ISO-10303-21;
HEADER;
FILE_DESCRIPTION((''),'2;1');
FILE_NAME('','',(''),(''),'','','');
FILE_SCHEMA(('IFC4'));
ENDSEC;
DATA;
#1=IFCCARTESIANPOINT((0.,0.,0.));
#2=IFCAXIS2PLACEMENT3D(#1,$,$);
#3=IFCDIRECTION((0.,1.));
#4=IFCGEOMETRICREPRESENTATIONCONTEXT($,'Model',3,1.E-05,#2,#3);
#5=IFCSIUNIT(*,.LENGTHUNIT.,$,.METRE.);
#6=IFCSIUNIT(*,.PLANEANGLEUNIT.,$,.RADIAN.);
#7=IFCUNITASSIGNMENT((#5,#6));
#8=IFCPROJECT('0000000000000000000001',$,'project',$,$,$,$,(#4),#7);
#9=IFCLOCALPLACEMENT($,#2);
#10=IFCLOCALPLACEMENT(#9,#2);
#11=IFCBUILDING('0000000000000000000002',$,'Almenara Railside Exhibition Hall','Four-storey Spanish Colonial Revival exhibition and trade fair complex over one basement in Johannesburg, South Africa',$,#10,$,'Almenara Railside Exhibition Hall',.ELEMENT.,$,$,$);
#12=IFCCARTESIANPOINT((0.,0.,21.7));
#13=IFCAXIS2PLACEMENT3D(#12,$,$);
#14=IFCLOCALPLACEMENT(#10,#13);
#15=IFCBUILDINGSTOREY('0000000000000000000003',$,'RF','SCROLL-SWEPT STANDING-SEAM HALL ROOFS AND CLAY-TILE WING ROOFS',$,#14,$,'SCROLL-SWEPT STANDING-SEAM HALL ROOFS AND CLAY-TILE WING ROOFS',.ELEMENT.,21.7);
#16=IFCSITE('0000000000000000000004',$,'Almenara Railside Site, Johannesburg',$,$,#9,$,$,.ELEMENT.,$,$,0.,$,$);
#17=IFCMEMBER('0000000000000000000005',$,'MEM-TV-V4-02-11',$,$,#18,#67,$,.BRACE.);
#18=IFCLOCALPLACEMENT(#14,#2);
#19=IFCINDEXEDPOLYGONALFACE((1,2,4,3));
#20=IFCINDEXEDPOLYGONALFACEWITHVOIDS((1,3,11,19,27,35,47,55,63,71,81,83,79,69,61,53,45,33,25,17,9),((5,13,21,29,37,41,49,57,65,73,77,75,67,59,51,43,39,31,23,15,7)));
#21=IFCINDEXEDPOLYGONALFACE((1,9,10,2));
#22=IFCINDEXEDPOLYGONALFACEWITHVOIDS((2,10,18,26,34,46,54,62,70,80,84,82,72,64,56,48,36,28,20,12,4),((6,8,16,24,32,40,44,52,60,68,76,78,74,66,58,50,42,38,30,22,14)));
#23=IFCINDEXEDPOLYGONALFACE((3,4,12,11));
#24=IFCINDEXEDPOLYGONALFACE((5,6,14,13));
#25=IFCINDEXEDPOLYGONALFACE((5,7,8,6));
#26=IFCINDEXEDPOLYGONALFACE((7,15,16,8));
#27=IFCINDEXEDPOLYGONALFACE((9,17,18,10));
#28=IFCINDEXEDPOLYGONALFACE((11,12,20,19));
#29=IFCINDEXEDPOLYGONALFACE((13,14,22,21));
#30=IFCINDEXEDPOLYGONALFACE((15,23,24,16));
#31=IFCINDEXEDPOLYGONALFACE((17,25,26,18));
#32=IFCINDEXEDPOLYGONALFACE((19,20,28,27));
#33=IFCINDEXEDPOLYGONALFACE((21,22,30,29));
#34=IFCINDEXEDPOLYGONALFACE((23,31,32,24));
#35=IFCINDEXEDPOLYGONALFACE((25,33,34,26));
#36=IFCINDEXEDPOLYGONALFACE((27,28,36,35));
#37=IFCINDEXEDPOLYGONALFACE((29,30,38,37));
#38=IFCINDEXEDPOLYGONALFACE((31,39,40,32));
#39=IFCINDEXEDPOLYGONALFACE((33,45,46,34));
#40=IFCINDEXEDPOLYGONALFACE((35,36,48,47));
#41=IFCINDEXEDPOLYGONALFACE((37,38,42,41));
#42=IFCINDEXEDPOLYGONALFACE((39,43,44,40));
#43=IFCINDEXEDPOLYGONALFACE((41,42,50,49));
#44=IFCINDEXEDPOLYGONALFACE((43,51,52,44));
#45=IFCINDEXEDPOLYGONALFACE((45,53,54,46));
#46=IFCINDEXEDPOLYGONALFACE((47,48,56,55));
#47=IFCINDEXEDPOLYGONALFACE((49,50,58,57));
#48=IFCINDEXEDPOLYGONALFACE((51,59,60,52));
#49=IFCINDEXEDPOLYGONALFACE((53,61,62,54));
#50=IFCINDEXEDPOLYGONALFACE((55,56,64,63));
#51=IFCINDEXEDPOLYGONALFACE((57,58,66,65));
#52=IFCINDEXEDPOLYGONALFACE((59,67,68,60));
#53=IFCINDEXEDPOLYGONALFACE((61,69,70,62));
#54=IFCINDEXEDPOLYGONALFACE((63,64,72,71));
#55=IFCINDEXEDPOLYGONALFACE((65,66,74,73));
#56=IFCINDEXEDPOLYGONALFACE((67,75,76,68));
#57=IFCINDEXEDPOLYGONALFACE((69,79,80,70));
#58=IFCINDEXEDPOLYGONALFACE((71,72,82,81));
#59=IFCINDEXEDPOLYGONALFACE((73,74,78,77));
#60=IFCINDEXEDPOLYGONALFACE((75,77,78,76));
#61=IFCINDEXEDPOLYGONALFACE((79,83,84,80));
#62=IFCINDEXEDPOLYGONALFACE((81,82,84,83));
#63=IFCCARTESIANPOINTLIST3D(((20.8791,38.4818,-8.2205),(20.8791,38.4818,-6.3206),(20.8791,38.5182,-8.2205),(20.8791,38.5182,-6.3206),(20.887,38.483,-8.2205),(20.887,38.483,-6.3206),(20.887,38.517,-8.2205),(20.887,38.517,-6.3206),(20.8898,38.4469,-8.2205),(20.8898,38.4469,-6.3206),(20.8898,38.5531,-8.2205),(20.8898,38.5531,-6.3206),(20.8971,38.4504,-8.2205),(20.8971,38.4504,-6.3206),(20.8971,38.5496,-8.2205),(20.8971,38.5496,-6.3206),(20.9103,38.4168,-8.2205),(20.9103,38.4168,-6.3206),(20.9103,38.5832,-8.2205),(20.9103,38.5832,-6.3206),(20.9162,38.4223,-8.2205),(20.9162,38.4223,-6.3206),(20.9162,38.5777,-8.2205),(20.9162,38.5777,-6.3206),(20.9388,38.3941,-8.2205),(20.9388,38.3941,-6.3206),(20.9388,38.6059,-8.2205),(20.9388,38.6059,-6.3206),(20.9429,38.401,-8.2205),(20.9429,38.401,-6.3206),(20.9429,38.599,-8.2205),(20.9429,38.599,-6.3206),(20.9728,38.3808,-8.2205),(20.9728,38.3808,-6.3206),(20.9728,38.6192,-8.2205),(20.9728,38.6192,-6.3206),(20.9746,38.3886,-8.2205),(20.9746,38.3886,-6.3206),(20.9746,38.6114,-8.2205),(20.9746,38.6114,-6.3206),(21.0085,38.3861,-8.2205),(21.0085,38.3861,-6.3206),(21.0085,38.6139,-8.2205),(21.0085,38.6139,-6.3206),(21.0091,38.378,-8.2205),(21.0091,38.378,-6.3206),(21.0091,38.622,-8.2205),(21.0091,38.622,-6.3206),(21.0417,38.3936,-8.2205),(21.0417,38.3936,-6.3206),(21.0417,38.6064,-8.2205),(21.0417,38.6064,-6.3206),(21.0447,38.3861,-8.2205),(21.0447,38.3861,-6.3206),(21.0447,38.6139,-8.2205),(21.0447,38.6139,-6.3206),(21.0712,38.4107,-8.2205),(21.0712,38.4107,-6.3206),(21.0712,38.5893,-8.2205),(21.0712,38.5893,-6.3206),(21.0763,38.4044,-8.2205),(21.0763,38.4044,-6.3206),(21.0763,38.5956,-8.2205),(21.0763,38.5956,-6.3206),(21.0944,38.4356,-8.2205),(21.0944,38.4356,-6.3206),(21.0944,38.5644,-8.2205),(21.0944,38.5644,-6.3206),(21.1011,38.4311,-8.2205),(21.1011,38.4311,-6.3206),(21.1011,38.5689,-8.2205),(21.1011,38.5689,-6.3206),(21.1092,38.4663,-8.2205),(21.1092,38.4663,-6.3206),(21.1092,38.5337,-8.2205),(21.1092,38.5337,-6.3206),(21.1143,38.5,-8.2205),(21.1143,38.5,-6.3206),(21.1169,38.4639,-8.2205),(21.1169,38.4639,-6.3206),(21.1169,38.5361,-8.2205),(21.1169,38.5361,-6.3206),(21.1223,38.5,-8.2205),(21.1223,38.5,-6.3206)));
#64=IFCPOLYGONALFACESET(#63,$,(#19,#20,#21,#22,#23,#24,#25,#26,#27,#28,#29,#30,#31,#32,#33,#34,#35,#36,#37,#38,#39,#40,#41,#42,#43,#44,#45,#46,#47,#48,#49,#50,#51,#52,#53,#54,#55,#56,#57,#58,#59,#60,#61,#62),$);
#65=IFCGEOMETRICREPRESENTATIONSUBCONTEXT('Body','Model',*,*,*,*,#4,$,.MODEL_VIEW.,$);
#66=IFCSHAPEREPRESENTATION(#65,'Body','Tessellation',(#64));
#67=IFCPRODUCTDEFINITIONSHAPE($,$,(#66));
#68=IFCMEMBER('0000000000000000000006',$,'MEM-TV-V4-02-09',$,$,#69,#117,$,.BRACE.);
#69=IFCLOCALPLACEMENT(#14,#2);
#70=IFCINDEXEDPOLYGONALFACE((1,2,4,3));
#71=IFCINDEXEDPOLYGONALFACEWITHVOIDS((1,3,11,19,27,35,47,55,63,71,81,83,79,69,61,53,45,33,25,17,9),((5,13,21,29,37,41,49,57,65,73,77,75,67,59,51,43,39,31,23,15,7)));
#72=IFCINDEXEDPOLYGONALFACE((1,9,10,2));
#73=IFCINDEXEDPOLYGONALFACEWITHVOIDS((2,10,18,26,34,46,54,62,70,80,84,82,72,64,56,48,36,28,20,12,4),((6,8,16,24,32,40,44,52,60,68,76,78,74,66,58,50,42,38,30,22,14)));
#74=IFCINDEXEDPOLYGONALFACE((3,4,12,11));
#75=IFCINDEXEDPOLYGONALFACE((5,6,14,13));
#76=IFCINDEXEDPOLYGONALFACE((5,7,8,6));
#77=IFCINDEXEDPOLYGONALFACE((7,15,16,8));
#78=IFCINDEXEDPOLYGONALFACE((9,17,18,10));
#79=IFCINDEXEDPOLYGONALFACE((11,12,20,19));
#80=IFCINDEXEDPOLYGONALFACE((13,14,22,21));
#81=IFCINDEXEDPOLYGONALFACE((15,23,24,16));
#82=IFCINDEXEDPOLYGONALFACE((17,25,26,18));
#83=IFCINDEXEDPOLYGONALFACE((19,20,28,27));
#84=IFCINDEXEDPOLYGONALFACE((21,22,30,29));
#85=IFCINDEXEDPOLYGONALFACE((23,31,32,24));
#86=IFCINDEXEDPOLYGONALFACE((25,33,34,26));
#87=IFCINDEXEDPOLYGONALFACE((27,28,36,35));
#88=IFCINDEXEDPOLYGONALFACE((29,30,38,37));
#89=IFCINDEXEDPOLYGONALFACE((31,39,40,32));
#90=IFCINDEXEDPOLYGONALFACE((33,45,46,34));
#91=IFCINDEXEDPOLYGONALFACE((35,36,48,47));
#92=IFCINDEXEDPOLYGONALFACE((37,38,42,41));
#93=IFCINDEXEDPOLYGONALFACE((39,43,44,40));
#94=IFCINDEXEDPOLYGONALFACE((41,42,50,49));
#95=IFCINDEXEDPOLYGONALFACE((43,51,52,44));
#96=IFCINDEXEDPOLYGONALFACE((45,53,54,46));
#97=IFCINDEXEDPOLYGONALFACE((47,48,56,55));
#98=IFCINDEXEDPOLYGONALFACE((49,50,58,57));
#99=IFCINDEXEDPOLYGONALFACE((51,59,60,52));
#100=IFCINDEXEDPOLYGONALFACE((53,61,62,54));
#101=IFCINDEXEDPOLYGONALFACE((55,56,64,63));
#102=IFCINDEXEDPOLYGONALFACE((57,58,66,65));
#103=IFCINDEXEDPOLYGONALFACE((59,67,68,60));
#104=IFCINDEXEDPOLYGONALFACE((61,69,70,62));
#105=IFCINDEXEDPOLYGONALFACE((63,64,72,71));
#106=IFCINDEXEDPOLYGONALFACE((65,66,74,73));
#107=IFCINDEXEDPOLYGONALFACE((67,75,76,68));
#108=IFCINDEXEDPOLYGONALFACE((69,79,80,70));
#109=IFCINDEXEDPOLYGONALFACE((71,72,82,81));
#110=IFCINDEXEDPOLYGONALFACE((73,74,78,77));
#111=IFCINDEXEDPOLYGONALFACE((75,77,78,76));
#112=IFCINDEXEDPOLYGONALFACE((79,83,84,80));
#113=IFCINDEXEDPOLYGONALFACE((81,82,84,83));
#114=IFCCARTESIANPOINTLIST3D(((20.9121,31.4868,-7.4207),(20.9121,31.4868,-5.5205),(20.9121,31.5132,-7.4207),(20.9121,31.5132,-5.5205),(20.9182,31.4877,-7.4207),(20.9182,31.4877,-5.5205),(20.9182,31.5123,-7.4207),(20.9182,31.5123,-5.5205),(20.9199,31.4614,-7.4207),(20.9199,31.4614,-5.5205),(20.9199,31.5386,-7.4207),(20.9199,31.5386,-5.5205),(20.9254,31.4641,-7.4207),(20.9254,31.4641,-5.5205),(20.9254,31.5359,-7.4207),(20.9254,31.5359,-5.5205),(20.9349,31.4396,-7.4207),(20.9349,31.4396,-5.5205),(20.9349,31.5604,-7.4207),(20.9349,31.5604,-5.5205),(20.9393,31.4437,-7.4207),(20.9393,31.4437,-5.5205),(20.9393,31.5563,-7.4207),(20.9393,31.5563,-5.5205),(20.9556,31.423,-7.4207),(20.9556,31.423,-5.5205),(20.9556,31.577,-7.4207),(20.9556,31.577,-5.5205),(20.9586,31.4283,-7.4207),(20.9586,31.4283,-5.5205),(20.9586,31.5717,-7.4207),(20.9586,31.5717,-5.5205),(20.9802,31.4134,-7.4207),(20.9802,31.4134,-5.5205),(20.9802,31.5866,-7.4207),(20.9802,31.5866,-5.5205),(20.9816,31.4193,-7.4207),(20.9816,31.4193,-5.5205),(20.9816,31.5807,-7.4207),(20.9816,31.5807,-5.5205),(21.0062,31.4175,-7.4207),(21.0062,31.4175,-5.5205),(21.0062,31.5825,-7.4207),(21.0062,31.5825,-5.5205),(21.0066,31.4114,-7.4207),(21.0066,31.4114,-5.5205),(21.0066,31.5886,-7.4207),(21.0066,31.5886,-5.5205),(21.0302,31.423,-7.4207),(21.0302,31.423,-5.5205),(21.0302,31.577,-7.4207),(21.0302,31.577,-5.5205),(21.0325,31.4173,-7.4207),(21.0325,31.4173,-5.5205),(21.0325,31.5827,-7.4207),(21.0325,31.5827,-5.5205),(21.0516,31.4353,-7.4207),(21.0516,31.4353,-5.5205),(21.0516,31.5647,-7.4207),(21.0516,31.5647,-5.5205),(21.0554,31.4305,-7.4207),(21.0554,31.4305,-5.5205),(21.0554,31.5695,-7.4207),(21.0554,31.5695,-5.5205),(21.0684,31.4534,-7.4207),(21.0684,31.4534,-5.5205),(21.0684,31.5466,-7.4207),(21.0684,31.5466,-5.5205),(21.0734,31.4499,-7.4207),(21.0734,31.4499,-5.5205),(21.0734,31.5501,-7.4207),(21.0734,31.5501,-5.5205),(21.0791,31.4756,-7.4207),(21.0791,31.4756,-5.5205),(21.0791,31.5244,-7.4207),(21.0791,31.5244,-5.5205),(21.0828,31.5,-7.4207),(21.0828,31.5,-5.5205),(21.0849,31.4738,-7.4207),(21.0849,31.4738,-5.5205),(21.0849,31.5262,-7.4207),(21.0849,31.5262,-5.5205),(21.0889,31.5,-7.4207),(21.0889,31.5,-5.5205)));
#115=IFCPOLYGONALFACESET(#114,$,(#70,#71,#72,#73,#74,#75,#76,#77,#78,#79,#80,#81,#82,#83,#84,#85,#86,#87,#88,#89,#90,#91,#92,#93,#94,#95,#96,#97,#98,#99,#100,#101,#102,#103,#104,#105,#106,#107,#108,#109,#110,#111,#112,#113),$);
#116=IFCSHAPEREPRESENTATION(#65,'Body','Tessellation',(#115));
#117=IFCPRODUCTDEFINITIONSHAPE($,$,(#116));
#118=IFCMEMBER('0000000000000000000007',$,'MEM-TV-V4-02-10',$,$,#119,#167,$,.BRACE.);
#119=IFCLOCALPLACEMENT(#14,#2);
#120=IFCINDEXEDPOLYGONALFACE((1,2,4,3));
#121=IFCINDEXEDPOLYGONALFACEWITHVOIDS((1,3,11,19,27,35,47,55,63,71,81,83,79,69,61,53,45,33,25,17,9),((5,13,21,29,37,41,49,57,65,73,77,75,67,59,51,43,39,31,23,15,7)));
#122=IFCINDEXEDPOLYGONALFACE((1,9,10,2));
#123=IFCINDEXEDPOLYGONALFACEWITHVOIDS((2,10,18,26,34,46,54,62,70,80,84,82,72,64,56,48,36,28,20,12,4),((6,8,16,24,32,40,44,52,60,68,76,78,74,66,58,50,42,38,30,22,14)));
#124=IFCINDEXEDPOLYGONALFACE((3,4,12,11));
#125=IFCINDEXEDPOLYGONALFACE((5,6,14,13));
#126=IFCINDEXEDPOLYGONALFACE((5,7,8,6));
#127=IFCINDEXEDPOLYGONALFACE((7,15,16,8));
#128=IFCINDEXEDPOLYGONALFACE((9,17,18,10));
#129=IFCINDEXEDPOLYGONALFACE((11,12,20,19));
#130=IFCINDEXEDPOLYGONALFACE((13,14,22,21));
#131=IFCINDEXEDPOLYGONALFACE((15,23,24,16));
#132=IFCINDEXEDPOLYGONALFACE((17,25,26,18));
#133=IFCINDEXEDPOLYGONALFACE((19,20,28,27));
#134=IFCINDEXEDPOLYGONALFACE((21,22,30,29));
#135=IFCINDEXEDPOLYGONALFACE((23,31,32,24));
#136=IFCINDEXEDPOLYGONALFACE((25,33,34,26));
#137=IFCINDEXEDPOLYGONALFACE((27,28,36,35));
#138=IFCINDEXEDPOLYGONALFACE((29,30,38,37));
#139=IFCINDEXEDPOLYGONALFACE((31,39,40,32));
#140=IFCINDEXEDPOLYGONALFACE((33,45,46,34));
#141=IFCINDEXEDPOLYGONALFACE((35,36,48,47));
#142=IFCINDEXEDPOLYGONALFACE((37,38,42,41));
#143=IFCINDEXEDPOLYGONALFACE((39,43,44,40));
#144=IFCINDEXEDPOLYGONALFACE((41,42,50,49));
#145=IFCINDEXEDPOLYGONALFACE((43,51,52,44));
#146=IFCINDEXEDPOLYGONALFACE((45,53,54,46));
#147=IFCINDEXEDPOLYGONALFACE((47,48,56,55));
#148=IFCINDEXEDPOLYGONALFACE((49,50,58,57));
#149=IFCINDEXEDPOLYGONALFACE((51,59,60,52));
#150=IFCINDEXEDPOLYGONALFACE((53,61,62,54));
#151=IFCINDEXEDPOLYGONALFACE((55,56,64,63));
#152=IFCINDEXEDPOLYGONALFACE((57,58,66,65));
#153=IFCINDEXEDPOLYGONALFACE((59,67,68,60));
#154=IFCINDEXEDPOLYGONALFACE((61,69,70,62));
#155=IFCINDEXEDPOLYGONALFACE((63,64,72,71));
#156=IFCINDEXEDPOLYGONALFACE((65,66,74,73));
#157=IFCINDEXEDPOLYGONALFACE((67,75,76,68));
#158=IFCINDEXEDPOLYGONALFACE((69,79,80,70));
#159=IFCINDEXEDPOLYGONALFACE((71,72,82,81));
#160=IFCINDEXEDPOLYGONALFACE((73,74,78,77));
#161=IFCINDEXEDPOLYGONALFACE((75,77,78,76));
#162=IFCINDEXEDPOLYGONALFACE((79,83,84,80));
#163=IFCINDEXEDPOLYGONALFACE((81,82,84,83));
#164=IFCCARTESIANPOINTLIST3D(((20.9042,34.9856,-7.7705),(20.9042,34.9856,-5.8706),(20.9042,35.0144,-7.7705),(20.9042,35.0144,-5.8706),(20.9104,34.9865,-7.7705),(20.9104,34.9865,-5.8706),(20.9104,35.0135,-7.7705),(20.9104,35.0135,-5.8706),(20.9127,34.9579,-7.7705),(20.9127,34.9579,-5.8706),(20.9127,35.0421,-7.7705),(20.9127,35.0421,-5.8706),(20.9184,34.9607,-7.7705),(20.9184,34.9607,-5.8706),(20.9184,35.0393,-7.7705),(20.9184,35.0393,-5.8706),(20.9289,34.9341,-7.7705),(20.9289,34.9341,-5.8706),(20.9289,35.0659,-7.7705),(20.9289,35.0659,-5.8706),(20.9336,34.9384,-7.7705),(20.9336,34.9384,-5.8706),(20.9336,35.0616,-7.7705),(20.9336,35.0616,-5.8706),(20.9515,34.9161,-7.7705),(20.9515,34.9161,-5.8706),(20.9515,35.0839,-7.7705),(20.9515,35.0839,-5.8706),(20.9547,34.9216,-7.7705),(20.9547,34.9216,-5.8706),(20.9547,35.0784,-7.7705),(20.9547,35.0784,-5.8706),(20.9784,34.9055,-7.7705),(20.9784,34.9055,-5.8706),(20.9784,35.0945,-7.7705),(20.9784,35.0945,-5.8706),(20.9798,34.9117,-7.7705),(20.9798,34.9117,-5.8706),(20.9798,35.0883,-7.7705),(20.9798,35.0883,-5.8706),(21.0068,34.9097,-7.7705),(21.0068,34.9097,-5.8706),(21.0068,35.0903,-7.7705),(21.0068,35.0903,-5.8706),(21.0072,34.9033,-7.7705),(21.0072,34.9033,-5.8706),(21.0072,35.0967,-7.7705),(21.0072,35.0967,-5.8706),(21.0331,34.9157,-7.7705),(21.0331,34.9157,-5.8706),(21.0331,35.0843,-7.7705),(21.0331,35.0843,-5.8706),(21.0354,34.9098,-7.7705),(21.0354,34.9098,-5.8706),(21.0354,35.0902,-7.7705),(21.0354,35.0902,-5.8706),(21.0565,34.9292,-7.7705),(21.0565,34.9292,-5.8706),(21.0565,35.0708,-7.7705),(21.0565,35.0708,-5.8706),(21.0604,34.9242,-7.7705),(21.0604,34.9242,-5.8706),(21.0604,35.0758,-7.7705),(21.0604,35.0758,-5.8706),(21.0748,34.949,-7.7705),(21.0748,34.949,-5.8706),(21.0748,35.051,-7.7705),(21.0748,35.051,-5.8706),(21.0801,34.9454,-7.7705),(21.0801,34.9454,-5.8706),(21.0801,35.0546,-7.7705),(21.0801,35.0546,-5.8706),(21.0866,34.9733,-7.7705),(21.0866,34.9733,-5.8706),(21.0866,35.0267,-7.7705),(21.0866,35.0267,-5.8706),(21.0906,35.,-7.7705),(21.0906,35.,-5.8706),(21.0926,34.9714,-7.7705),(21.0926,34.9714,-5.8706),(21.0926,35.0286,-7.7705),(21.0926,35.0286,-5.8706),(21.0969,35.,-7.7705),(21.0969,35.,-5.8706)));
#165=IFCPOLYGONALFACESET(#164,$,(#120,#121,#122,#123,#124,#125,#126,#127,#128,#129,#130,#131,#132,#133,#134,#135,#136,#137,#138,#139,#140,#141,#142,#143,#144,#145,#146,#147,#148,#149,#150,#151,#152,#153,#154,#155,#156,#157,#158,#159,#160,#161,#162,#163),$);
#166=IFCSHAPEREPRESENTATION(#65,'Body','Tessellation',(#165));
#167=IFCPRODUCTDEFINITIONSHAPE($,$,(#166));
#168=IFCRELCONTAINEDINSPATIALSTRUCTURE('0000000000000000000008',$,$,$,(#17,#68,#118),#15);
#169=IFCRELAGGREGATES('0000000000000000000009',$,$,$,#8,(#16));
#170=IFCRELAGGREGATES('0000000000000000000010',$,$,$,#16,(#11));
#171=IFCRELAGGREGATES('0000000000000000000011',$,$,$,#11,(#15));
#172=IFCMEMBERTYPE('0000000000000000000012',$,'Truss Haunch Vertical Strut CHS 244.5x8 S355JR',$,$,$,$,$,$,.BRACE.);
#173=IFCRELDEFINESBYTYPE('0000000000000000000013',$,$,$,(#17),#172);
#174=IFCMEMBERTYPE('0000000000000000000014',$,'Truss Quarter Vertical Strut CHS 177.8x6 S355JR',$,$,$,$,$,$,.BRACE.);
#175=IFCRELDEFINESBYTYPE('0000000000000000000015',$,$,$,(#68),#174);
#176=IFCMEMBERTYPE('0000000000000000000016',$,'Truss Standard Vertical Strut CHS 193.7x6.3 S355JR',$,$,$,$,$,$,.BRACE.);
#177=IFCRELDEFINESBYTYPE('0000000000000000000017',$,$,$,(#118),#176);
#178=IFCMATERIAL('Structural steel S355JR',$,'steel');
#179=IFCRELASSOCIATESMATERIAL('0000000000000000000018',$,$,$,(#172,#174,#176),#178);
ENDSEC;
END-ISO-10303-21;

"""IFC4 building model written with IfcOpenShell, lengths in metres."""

from ifc_helpers import new_model, si_unit, direction, frame, origin, origin_2d, place, context, subcontext, project, spatial, hollow_circle, extrude, material, material_profile, profile_set, type_object, element, save


model = new_model("IFC4")

# Units and contexts
model_context = context("Model", 3, precision=1e-05, world=origin(), true_north=direction((0.0, 1.0)))
body_context = subcontext(model_context, "Body", "Model", "MODEL_VIEW")
ifc_project = project(units=[si_unit("LENGTHUNIT", "METRE"), si_unit("PLANEANGLEUNIT", "RADIAN")], contexts=[model_context])

# Site, building, storey
site_placement = place(None, origin())
site = spatial("IfcSite", under=ifc_project, at=site_placement, Name="Almenara Railside Site, Johannesburg", CompositionType="ELEMENT", RefElevation=0.0)
building_placement = place(site_placement, origin())
building = spatial("IfcBuilding", under=site, at=building_placement, Name="Almenara Railside Exhibition Hall", Description="Four-storey Spanish Colonial Revival exhibition and trade fair complex over one basement in Johannesburg, South Africa", LongName="Almenara Railside Exhibition Hall", CompositionType="ELEMENT")
storey_placement = place(building_placement, frame((0.0, 0.0, 21.7)))
storey = spatial("IfcBuildingStorey", under=building, at=storey_placement, Name="RF", Description="SCROLL-SWEPT STANDING-SEAM HALL ROOFS AND CLAY-TILE WING ROOFS", LongName="SCROLL-SWEPT STANDING-SEAM HALL ROOFS AND CLAY-TILE WING ROOFS", CompositionType="ELEMENT", Elevation=21.7)

# Shared definitions
ifc_material_1 = material(Name="Structural steel S355JR", Category="steel")

# Members
ifc_material_profile_1 = material_profile(ifc_material_1, hollow_circle(Radius=0.1223, WallThickness=0.0081, at=origin_2d()), Name="CHS 244.5x8")
ifc_profile_set_1 = profile_set([ifc_material_profile_1], Name="Structural steel S355JR")
member_type_1 = type_object("IfcMemberType", Name="Truss Haunch Vertical Strut CHS 244.5x8 S355JR", PredefinedType="BRACE", material=ifc_profile_set_1)
member_1_placement = place(storey_placement, frame((21.0, 38.5, -8.2205), z_axis=(0.0, 0.0, 1.0), x_axis=(1.0, 0.0, 0.0)))
element("IfcMember", 1, at=member_1_placement, inside=storey, type_object=member_type_1, Name="MEM-TV-V4-02-11", PredefinedType="BRACE", context=body_context, shape_type="SweptSolid", body=[
    extrude(hollow_circle(Radius=0.1223, WallThickness=0.0081, at=origin_2d()), origin(), (0.0, 0.0, 1.0), 1.8999),
])
ifc_material_profile_2 = material_profile(ifc_material_1, hollow_circle(Radius=0.0889, WallThickness=0.0061, at=origin_2d()), Name="CHS 177.8x6")
ifc_profile_set_2 = profile_set([ifc_material_profile_2], Name="Structural steel S355JR")
member_type_2 = type_object("IfcMemberType", Name="Truss Quarter Vertical Strut CHS 177.8x6 S355JR", PredefinedType="BRACE", material=ifc_profile_set_2)
member_2_placement = place(storey_placement, frame((21.0, 31.5, -7.4207), z_axis=(0.0, 0.0, 1.0), x_axis=(1.0, 0.0, 0.0)))
element("IfcMember", 2, at=member_2_placement, inside=storey, type_object=member_type_2, Name="MEM-TV-V4-02-09", PredefinedType="BRACE", context=body_context, shape_type="SweptSolid", body=[
    extrude(hollow_circle(Radius=0.0889, WallThickness=0.0061, at=origin_2d()), origin(), (0.0, 0.0, 1.0), 1.9001),
])
ifc_material_profile_3 = material_profile(ifc_material_1, hollow_circle(Radius=0.0969, WallThickness=0.0063, at=origin_2d()), Name="CHS 193.7x6.3")
ifc_profile_set_3 = profile_set([ifc_material_profile_3], Name="Structural steel S355JR")
member_type_3 = type_object("IfcMemberType", Name="Truss Standard Vertical Strut CHS 193.7x6.3 S355JR", PredefinedType="BRACE", material=ifc_profile_set_3)
member_3_placement = place(storey_placement, frame((21.0, 35.0, -7.7705), z_axis=(0.0, 0.0, 1.0), x_axis=(1.0, 0.0, 0.0)))
element("IfcMember", 3, at=member_3_placement, inside=storey, type_object=member_type_3, Name="MEM-TV-V4-02-10", PredefinedType="BRACE", context=body_context, shape_type="SweptSolid", body=[
    extrude(hollow_circle(Radius=0.0969, WallThickness=0.0063, at=origin_2d()), origin(), (0.0, 0.0, 1.0), 1.8999),
])

save(model, "model.ifc")
